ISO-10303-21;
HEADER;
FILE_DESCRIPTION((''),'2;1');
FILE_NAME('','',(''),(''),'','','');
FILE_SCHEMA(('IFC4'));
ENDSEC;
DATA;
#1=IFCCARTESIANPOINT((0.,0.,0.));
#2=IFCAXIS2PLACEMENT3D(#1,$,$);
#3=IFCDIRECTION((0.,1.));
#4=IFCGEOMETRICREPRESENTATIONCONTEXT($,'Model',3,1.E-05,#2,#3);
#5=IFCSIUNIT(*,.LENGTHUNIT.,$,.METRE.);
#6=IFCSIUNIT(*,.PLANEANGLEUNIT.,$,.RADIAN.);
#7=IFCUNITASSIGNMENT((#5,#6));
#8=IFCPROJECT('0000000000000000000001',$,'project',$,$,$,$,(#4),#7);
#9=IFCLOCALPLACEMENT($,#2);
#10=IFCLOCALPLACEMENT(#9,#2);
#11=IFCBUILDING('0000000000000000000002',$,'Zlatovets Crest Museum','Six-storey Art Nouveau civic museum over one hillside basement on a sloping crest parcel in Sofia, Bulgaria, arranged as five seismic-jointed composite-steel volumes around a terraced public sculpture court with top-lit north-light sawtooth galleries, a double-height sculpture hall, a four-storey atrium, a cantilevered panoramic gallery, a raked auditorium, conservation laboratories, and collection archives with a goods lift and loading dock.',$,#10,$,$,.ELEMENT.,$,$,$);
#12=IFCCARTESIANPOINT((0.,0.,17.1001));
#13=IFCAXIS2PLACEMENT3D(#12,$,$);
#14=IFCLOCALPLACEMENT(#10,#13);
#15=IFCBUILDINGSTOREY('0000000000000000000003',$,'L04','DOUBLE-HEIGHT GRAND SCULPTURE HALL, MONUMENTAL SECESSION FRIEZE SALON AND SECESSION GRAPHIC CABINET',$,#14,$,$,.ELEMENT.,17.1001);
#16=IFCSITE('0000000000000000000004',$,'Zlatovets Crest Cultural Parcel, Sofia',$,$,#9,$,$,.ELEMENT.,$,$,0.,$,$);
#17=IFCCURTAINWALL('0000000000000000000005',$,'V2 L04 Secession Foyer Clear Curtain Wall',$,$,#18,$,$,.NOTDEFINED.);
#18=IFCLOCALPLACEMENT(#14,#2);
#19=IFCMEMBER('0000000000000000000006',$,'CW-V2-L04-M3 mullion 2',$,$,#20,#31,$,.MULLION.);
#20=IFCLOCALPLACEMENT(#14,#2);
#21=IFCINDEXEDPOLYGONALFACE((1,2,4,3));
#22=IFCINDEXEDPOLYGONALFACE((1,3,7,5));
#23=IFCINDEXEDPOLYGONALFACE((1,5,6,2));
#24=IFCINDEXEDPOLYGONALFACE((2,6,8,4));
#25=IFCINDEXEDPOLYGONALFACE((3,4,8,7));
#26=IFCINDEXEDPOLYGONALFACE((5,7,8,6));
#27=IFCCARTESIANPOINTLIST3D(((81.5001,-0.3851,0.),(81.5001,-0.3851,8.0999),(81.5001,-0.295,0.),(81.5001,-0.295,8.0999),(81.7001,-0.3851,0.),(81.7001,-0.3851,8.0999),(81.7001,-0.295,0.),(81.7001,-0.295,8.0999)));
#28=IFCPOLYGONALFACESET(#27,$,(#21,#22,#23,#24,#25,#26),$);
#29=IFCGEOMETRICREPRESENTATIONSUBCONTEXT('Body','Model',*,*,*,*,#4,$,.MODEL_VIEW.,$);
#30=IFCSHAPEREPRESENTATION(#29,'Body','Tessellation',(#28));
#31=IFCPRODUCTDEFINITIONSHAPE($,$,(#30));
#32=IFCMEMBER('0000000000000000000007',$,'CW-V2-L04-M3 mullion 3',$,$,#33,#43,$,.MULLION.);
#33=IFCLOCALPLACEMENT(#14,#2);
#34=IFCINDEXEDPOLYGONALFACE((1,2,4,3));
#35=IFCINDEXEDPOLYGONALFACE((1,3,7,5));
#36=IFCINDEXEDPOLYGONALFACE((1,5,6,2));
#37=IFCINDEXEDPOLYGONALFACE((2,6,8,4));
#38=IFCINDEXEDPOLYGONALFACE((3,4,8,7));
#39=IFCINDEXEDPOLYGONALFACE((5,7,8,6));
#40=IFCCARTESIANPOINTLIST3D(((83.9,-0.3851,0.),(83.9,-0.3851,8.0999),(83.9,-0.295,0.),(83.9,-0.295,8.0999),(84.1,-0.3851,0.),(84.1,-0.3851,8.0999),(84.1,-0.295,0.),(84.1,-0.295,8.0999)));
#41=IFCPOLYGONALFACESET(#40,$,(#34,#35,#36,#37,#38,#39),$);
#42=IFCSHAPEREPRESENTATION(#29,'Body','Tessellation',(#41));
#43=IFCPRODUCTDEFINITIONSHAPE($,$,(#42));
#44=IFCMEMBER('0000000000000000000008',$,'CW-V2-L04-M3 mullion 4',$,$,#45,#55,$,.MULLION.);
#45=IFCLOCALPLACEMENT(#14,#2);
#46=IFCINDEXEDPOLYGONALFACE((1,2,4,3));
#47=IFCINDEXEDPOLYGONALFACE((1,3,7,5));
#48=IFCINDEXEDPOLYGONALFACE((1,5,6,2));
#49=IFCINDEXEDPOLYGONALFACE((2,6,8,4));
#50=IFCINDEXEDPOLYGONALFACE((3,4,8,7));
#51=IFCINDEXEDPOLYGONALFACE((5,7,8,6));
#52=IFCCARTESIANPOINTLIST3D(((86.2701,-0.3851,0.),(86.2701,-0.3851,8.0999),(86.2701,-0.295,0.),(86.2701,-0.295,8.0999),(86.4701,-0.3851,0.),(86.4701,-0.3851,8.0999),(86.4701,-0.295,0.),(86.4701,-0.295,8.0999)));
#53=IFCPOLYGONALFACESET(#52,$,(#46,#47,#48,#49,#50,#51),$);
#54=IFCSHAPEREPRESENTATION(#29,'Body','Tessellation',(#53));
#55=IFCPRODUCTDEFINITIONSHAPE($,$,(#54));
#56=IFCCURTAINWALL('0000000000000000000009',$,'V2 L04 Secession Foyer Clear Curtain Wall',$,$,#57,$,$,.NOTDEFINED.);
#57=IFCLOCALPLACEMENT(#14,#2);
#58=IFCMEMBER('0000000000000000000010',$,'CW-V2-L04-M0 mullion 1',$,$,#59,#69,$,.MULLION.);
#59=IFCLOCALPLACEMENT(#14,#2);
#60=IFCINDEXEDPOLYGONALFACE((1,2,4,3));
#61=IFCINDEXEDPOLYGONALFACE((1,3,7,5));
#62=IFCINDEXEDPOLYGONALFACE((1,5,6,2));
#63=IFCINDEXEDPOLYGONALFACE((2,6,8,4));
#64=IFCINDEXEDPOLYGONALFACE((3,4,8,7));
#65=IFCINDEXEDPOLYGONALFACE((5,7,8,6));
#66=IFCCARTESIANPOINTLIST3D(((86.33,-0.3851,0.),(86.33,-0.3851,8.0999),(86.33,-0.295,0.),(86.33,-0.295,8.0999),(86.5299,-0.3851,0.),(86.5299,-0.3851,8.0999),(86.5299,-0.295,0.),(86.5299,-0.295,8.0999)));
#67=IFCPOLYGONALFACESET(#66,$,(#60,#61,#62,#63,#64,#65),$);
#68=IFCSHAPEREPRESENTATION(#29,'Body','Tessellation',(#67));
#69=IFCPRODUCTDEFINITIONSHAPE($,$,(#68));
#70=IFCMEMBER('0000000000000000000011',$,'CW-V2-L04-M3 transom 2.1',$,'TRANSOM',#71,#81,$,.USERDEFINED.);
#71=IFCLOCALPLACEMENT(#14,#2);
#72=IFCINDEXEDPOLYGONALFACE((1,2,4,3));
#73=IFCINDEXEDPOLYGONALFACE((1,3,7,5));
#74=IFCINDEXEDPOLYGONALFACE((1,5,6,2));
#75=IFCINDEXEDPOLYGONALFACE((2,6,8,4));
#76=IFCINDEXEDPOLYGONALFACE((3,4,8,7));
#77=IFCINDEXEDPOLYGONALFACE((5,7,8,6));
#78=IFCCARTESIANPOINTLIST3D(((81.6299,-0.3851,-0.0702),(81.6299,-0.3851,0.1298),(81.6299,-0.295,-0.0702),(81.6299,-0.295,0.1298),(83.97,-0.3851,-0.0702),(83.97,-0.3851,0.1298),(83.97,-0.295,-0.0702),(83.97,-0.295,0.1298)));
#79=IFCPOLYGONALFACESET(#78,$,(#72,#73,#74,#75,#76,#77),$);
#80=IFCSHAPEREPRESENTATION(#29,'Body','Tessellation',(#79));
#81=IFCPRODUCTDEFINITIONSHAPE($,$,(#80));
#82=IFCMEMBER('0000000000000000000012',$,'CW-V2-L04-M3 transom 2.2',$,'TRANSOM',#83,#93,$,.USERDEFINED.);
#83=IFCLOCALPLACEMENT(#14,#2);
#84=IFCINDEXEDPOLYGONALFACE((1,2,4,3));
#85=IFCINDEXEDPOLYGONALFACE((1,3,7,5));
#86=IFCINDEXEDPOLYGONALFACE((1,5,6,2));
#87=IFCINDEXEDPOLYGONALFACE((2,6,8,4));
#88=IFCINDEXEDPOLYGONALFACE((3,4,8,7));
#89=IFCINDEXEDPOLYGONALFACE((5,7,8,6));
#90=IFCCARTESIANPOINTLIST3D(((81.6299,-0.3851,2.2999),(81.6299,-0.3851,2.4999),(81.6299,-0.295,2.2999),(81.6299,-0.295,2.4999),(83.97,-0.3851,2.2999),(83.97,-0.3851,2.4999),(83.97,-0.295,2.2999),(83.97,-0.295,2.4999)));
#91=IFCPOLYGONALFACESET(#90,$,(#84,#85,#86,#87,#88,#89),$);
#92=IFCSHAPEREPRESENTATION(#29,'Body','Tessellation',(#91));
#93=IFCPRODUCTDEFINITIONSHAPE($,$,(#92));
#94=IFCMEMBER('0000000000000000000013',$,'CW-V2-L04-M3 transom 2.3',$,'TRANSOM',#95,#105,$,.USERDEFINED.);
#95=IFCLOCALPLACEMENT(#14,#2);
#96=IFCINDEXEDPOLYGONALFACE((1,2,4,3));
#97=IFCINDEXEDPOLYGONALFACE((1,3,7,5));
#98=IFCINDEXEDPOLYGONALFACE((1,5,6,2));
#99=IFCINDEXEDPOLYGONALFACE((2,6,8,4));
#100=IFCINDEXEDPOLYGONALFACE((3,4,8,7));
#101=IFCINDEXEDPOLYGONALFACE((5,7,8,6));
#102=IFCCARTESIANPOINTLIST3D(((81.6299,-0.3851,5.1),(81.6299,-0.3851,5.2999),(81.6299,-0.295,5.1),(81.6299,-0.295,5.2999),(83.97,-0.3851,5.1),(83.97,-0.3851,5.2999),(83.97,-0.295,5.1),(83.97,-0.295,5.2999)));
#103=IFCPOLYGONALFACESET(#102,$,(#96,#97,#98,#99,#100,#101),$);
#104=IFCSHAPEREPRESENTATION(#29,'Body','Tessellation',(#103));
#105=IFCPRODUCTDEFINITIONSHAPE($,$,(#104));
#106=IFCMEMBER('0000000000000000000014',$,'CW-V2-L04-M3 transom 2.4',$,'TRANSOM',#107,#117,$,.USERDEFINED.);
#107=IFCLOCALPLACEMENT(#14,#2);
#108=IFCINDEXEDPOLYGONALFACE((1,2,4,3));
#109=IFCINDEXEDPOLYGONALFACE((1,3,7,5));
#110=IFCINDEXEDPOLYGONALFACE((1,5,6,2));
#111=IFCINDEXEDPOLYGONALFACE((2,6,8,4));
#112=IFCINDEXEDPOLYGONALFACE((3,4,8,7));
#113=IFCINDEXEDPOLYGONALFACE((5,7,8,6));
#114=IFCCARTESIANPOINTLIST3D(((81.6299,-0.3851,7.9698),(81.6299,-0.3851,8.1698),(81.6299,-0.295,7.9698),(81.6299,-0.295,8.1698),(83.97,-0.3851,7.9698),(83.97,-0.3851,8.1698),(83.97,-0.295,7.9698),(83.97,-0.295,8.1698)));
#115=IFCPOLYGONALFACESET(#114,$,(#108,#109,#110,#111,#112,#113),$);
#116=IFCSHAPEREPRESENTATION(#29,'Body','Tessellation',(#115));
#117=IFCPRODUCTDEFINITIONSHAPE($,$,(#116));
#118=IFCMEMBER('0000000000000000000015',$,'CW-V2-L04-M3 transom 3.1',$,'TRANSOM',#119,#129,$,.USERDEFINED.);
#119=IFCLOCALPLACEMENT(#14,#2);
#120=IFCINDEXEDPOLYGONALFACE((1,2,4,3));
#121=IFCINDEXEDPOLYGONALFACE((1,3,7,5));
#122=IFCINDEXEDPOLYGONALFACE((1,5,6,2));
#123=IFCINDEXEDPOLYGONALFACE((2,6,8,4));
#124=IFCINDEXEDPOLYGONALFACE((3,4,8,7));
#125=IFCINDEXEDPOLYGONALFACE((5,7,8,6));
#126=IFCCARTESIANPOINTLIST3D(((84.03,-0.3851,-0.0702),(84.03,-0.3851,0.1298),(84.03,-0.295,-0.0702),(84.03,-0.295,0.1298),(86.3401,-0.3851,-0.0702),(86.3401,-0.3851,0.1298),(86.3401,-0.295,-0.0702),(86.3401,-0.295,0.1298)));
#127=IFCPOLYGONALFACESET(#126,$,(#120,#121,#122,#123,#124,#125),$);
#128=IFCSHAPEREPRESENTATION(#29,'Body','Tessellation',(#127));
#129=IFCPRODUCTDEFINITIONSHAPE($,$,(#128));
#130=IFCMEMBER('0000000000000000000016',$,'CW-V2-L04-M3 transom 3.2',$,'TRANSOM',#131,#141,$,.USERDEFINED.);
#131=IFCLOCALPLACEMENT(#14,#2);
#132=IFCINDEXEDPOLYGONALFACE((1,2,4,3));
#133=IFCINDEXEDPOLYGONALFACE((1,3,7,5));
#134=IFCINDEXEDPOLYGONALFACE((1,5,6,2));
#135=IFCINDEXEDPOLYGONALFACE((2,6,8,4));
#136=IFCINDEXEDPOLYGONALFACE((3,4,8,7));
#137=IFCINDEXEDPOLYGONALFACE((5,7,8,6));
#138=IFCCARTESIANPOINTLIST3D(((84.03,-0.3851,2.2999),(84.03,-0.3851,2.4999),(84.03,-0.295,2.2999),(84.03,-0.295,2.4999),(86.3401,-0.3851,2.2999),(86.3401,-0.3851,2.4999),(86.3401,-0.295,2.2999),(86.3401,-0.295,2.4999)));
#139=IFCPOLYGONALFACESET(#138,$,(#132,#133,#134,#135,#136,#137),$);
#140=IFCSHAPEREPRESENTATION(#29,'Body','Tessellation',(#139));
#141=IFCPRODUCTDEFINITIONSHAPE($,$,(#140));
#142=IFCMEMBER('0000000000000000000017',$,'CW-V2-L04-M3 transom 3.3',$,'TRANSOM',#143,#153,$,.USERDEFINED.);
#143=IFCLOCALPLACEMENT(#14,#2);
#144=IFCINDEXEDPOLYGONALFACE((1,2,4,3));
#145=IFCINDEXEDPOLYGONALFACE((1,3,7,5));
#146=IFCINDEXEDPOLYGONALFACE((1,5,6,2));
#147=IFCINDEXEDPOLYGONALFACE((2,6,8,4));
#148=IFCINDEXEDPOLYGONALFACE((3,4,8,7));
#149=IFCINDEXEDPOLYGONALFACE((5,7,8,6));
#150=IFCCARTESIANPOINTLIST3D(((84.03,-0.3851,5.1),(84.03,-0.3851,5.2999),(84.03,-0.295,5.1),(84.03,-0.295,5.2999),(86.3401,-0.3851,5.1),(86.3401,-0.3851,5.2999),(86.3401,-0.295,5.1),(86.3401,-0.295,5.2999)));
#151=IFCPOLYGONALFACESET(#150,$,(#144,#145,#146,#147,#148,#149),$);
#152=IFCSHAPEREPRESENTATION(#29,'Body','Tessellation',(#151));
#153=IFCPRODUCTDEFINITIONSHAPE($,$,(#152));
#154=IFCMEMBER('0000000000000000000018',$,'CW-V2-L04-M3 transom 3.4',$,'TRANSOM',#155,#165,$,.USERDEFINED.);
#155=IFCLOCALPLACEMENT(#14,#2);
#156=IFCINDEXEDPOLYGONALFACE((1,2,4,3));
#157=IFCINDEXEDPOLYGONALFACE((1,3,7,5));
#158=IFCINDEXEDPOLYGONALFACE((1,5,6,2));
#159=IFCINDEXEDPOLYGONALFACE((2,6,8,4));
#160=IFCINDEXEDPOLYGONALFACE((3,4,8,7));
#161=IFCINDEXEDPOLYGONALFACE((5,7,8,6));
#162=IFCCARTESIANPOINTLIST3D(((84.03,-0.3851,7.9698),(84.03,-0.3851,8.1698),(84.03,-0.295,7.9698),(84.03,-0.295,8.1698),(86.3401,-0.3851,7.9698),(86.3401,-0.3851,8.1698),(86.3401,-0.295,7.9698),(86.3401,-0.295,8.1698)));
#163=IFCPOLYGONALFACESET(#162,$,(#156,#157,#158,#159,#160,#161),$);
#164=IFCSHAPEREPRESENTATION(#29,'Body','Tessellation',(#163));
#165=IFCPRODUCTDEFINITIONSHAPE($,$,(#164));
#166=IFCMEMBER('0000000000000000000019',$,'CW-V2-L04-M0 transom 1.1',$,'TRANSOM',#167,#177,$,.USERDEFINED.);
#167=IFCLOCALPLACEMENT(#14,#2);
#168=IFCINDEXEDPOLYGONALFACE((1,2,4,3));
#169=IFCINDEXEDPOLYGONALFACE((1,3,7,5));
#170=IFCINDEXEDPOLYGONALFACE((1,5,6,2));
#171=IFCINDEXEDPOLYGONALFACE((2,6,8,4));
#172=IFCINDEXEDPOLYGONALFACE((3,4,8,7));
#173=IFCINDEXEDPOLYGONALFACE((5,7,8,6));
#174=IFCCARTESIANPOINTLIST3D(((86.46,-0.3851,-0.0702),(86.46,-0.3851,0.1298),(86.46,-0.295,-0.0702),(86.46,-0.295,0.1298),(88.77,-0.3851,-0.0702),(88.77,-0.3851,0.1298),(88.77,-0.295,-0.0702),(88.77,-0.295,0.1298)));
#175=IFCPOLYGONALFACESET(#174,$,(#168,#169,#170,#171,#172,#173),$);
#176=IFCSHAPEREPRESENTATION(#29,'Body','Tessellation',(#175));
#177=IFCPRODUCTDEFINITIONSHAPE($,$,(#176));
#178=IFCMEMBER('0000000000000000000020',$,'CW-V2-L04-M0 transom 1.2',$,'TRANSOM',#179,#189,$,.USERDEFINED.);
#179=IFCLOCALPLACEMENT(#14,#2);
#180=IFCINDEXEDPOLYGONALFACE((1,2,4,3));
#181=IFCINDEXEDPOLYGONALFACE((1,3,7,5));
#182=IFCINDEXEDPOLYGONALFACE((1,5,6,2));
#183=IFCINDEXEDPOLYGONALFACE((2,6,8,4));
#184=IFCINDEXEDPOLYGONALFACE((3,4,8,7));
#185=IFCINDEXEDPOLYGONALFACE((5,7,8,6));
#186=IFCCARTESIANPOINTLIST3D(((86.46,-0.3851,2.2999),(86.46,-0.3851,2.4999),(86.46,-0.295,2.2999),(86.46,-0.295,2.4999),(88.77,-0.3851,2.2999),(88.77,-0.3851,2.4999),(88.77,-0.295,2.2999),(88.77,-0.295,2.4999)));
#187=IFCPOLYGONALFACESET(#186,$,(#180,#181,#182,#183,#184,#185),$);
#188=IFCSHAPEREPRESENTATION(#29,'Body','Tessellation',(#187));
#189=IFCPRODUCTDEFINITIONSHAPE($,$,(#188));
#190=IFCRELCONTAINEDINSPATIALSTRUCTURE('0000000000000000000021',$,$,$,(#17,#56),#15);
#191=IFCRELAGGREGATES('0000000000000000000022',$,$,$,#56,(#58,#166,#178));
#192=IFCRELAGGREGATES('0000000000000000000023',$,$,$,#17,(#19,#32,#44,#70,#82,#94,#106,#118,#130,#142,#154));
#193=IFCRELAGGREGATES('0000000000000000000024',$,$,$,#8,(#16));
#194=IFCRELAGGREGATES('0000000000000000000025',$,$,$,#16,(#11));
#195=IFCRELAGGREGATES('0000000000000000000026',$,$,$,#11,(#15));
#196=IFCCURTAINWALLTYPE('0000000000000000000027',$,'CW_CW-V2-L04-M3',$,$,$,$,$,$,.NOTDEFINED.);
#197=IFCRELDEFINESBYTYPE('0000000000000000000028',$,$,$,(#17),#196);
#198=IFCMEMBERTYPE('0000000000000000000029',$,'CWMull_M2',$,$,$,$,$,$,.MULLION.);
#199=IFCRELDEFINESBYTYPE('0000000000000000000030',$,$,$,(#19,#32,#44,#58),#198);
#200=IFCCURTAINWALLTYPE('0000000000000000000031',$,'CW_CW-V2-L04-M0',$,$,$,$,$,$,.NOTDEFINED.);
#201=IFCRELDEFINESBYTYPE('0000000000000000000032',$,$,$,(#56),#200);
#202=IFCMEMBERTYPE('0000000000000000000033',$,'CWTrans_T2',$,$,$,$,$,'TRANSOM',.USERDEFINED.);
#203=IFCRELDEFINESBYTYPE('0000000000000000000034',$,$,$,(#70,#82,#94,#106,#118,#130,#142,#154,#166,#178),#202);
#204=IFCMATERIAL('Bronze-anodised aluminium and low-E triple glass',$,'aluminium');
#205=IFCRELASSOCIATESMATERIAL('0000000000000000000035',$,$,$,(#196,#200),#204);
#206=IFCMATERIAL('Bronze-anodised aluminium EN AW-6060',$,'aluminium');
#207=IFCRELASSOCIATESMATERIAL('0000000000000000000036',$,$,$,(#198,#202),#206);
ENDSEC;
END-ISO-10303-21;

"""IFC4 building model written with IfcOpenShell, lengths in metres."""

from ifc_helpers import new_model, si_unit, direction, frame, origin, origin_2d, place, context, subcontext, project, spatial, rectangle, extrude, material, material_profile, profile_set, type_object, element, aggregate, save


model = new_model("IFC4")

# Units and contexts
model_context = context("Model", 3, precision=1e-05, world=origin(), true_north=direction((0.0, 1.0)))
body_context = subcontext(model_context, "Body", "Model", "MODEL_VIEW")
ifc_project = project(units=[si_unit("LENGTHUNIT", "METRE"), si_unit("PLANEANGLEUNIT", "RADIAN")], contexts=[model_context])

# Site, building, storey
site_placement = place(None, origin())
site = spatial("IfcSite", under=ifc_project, at=site_placement, Name="Zlatovets Crest Cultural Parcel, Sofia", CompositionType="ELEMENT", RefElevation=0.0)
building_placement = place(site_placement, origin())
building = spatial("IfcBuilding", under=site, at=building_placement, Name="Zlatovets Crest Museum", Description="Six-storey Art Nouveau civic museum over one hillside basement on a sloping crest parcel in Sofia, Bulgaria, arranged as five seismic-jointed composite-steel volumes around a terraced public sculpture court with top-lit north-light sawtooth galleries, a double-height sculpture hall, a four-storey atrium, a cantilevered panoramic gallery, a raked auditorium, conservation laboratories, and collection archives with a goods lift and loading dock.", CompositionType="ELEMENT")
storey_placement = place(building_placement, frame((0.0, 0.0, 17.1001)))
storey = spatial("IfcBuildingStorey", under=building, at=storey_placement, Name="L04", Description="DOUBLE-HEIGHT GRAND SCULPTURE HALL, MONUMENTAL SECESSION FRIEZE SALON AND SECESSION GRAPHIC CABINET", CompositionType="ELEMENT", Elevation=17.1001)

# Curtain wall, members
ifc_material_1 = material(Name="Bronze-anodised aluminium and low-E triple glass", Category="aluminium")
curtain_wall_type_1 = type_object("IfcCurtainWallType", Name="CW_CW-V2-L04-M3", PredefinedType="NOTDEFINED", material=ifc_material_1)
curtain_wall_1_placement = place(storey_placement, origin())
curtain_wall_1 = element("IfcCurtainWall", 1, at=curtain_wall_1_placement, inside=storey, type_object=curtain_wall_type_1, Name="V2 L04 Secession Foyer Clear Curtain Wall", PredefinedType="NOTDEFINED")
ifc_material_2 = material(Name="Bronze-anodised aluminium EN AW-6060", Category="aluminium")
ifc_material_profile_1 = material_profile(ifc_material_2, rectangle(XDim=0.0901, YDim=0.2, at=origin_2d()), Name="ALU 90x200")
ifc_profile_set_1 = profile_set([ifc_material_profile_1], Name="Bronze-anodised aluminium EN AW-6060")
member_type_1 = type_object("IfcMemberType", Name="CWMull_M2", PredefinedType="MULLION", material=ifc_profile_set_1)
member_1_placement = place(storey_placement, frame((81.6001, -0.3401, 0.0), z_axis=(0.0, 0.0, 1.0), x_axis=(0.0, 1.0, 0.0)))
member_1 = element("IfcMember", 2, at=member_1_placement, type_object=member_type_1, Name="CW-V2-L04-M3 mullion 2", PredefinedType="MULLION", context=body_context, shape_type="SweptSolid", body=[
    extrude(rectangle(XDim=0.0901, YDim=0.2, at=origin_2d()), origin(), (0.0, 0.0, 1.0), 8.0999),
])
member_2_placement = place(storey_placement, frame((84.0, -0.3401, 0.0), z_axis=(0.0, 0.0, 1.0), x_axis=(0.0, 1.0, 0.0)))
member_2 = element("IfcMember", 3, at=member_2_placement, type_object=member_type_1, Name="CW-V2-L04-M3 mullion 3", PredefinedType="MULLION", context=body_context, shape_type="SweptSolid", body=[
    extrude(rectangle(XDim=0.0901, YDim=0.2, at=origin_2d()), origin(), (0.0, 0.0, 1.0), 8.0999),
])
member_3_placement = place(storey_placement, frame((86.3701, -0.3401, 0.0), z_axis=(0.0, 0.0, 1.0), x_axis=(0.0, 1.0, 0.0)))
member_3 = element("IfcMember", 4, at=member_3_placement, type_object=member_type_1, Name="CW-V2-L04-M3 mullion 4", PredefinedType="MULLION", context=body_context, shape_type="SweptSolid", body=[
    extrude(rectangle(XDim=0.0901, YDim=0.2, at=origin_2d()), origin(), (0.0, 0.0, 1.0), 8.0999),
])

# Curtain wall, member
curtain_wall_type_2 = type_object("IfcCurtainWallType", Name="CW_CW-V2-L04-M0", PredefinedType="NOTDEFINED", material=ifc_material_1)
curtain_wall_2_placement = place(storey_placement, origin())
curtain_wall_2 = element("IfcCurtainWall", 5, at=curtain_wall_2_placement, inside=storey, type_object=curtain_wall_type_2, Name="V2 L04 Secession Foyer Clear Curtain Wall", PredefinedType="NOTDEFINED")
member_4_placement = place(storey_placement, frame((86.4299, -0.3401, 0.0), z_axis=(0.0, 0.0, 1.0), x_axis=(0.0, 1.0, 0.0)))
member_4 = element("IfcMember", 6, at=member_4_placement, type_object=member_type_1, Name="CW-V2-L04-M0 mullion 1", PredefinedType="MULLION", context=body_context, shape_type="SweptSolid", body=[
    extrude(rectangle(XDim=0.0901, YDim=0.2, at=origin_2d()), origin(), (0.0, 0.0, 1.0), 8.0999),
])

# Members
ifc_material_profile_2 = material_profile(ifc_material_2, rectangle(XDim=0.0901, YDim=0.2, at=origin_2d()), Name="ALU 90x200")
ifc_profile_set_2 = profile_set([ifc_material_profile_2], Name="Bronze-anodised aluminium EN AW-6060")
member_type_2 = type_object("IfcMemberType", Name="CWTrans_T2", ElementType="TRANSOM", PredefinedType="USERDEFINED", material=ifc_profile_set_2)
member_5_placement = place(storey_placement, frame((81.6299, -0.3401, 0.0298), z_axis=(1.0, 0.0, 0.0), x_axis=(0.0, 1.0, 0.0)))
member_5 = element("IfcMember", 7, at=member_5_placement, type_object=member_type_2, Name="CW-V2-L04-M3 transom 2.1", ObjectType="TRANSOM", PredefinedType="USERDEFINED", context=body_context, shape_type="SweptSolid", body=[
    extrude(rectangle(XDim=0.0901, YDim=0.2, at=origin_2d()), origin(), (0.0, 0.0, 1.0), 2.3401),
])
member_6_placement = place(storey_placement, frame((81.6299, -0.3401, 2.3999), z_axis=(1.0, 0.0, 0.0), x_axis=(0.0, 1.0, 0.0)))
member_6 = element("IfcMember", 8, at=member_6_placement, type_object=member_type_2, Name="CW-V2-L04-M3 transom 2.2", ObjectType="TRANSOM", PredefinedType="USERDEFINED", context=body_context, shape_type="SweptSolid", body=[
    extrude(rectangle(XDim=0.0901, YDim=0.2, at=origin_2d()), origin(), (0.0, 0.0, 1.0), 2.3401),
])
member_7_placement = place(storey_placement, frame((81.6299, -0.3401, 5.2), z_axis=(1.0, 0.0, 0.0), x_axis=(0.0, 1.0, 0.0)))
member_7 = element("IfcMember", 9, at=member_7_placement, type_object=member_type_2, Name="CW-V2-L04-M3 transom 2.3", ObjectType="TRANSOM", PredefinedType="USERDEFINED", context=body_context, shape_type="SweptSolid", body=[
    extrude(rectangle(XDim=0.0901, YDim=0.2, at=origin_2d()), origin(), (0.0, 0.0, 1.0), 2.3401),
])
member_8_placement = place(storey_placement, frame((81.6299, -0.3401, 8.0698), z_axis=(1.0, 0.0, 0.0), x_axis=(0.0, 1.0, 0.0)))
member_8 = element("IfcMember", 10, at=member_8_placement, type_object=member_type_2, Name="CW-V2-L04-M3 transom 2.4", ObjectType="TRANSOM", PredefinedType="USERDEFINED", context=body_context, shape_type="SweptSolid", body=[
    extrude(rectangle(XDim=0.0901, YDim=0.2, at=origin_2d()), origin(), (0.0, 0.0, 1.0), 2.3401),
])
member_9_placement = place(storey_placement, frame((84.03, -0.3401, 0.0298), z_axis=(1.0, 0.0, 0.0), x_axis=(0.0, 1.0, 0.0)))
member_9 = element("IfcMember", 11, at=member_9_placement, type_object=member_type_2, Name="CW-V2-L04-M3 transom 3.1", ObjectType="TRANSOM", PredefinedType="USERDEFINED", context=body_context, shape_type="SweptSolid", body=[
    extrude(rectangle(XDim=0.0901, YDim=0.2, at=origin_2d()), origin(), (0.0, 0.0, 1.0), 2.3101),
])
member_10_placement = place(storey_placement, frame((84.03, -0.3401, 2.3999), z_axis=(1.0, 0.0, 0.0), x_axis=(0.0, 1.0, 0.0)))
member_10 = element("IfcMember", 12, at=member_10_placement, type_object=member_type_2, Name="CW-V2-L04-M3 transom 3.2", ObjectType="TRANSOM", PredefinedType="USERDEFINED", context=body_context, shape_type="SweptSolid", body=[
    extrude(rectangle(XDim=0.0901, YDim=0.2, at=origin_2d()), origin(), (0.0, 0.0, 1.0), 2.3101),
])
member_11_placement = place(storey_placement, frame((84.03, -0.3401, 5.2), z_axis=(1.0, 0.0, 0.0), x_axis=(0.0, 1.0, 0.0)))
member_11 = element("IfcMember", 13, at=member_11_placement, type_object=member_type_2, Name="CW-V2-L04-M3 transom 3.3", ObjectType="TRANSOM", PredefinedType="USERDEFINED", context=body_context, shape_type="SweptSolid", body=[
    extrude(rectangle(XDim=0.0901, YDim=0.2, at=origin_2d()), origin(), (0.0, 0.0, 1.0), 2.3101),
])
member_12_placement = place(storey_placement, frame((84.03, -0.3401, 8.0698), z_axis=(1.0, 0.0, 0.0), x_axis=(0.0, 1.0, 0.0)))
member_12 = element("IfcMember", 14, at=member_12_placement, type_object=member_type_2, Name="CW-V2-L04-M3 transom 3.4", ObjectType="TRANSOM", PredefinedType="USERDEFINED", context=body_context, shape_type="SweptSolid", body=[
    extrude(rectangle(XDim=0.0901, YDim=0.2, at=origin_2d()), origin(), (0.0, 0.0, 1.0), 2.3101),
])
member_13_placement = place(storey_placement, frame((86.46, -0.3401, 0.0298), z_axis=(1.0, 0.0, 0.0), x_axis=(0.0, 1.0, 0.0)))
member_13 = element("IfcMember", 15, at=member_13_placement, type_object=member_type_2, Name="CW-V2-L04-M0 transom 1.1", ObjectType="TRANSOM", PredefinedType="USERDEFINED", context=body_context, shape_type="SweptSolid", body=[
    extrude(rectangle(XDim=0.0901, YDim=0.2, at=origin_2d()), origin(), (0.0, 0.0, 1.0), 2.3101),
])
member_14_placement = place(storey_placement, frame((86.46, -0.3401, 2.3999), z_axis=(1.0, 0.0, 0.0), x_axis=(0.0, 1.0, 0.0)))
member_14 = element("IfcMember", 16, at=member_14_placement, type_object=member_type_2, Name="CW-V2-L04-M0 transom 1.2", ObjectType="TRANSOM", PredefinedType="USERDEFINED", context=body_context, shape_type="SweptSolid", body=[
    extrude(rectangle(XDim=0.0901, YDim=0.2, at=origin_2d()), origin(), (0.0, 0.0, 1.0), 2.3101),
])
aggregate(curtain_wall_2, [member_4, member_13, member_14])

aggregate(curtain_wall_1, [member_1, member_2, member_3, member_5, member_6, member_7, member_8, member_9, member_10, member_11, member_12])

save(model, "model.ifc")
